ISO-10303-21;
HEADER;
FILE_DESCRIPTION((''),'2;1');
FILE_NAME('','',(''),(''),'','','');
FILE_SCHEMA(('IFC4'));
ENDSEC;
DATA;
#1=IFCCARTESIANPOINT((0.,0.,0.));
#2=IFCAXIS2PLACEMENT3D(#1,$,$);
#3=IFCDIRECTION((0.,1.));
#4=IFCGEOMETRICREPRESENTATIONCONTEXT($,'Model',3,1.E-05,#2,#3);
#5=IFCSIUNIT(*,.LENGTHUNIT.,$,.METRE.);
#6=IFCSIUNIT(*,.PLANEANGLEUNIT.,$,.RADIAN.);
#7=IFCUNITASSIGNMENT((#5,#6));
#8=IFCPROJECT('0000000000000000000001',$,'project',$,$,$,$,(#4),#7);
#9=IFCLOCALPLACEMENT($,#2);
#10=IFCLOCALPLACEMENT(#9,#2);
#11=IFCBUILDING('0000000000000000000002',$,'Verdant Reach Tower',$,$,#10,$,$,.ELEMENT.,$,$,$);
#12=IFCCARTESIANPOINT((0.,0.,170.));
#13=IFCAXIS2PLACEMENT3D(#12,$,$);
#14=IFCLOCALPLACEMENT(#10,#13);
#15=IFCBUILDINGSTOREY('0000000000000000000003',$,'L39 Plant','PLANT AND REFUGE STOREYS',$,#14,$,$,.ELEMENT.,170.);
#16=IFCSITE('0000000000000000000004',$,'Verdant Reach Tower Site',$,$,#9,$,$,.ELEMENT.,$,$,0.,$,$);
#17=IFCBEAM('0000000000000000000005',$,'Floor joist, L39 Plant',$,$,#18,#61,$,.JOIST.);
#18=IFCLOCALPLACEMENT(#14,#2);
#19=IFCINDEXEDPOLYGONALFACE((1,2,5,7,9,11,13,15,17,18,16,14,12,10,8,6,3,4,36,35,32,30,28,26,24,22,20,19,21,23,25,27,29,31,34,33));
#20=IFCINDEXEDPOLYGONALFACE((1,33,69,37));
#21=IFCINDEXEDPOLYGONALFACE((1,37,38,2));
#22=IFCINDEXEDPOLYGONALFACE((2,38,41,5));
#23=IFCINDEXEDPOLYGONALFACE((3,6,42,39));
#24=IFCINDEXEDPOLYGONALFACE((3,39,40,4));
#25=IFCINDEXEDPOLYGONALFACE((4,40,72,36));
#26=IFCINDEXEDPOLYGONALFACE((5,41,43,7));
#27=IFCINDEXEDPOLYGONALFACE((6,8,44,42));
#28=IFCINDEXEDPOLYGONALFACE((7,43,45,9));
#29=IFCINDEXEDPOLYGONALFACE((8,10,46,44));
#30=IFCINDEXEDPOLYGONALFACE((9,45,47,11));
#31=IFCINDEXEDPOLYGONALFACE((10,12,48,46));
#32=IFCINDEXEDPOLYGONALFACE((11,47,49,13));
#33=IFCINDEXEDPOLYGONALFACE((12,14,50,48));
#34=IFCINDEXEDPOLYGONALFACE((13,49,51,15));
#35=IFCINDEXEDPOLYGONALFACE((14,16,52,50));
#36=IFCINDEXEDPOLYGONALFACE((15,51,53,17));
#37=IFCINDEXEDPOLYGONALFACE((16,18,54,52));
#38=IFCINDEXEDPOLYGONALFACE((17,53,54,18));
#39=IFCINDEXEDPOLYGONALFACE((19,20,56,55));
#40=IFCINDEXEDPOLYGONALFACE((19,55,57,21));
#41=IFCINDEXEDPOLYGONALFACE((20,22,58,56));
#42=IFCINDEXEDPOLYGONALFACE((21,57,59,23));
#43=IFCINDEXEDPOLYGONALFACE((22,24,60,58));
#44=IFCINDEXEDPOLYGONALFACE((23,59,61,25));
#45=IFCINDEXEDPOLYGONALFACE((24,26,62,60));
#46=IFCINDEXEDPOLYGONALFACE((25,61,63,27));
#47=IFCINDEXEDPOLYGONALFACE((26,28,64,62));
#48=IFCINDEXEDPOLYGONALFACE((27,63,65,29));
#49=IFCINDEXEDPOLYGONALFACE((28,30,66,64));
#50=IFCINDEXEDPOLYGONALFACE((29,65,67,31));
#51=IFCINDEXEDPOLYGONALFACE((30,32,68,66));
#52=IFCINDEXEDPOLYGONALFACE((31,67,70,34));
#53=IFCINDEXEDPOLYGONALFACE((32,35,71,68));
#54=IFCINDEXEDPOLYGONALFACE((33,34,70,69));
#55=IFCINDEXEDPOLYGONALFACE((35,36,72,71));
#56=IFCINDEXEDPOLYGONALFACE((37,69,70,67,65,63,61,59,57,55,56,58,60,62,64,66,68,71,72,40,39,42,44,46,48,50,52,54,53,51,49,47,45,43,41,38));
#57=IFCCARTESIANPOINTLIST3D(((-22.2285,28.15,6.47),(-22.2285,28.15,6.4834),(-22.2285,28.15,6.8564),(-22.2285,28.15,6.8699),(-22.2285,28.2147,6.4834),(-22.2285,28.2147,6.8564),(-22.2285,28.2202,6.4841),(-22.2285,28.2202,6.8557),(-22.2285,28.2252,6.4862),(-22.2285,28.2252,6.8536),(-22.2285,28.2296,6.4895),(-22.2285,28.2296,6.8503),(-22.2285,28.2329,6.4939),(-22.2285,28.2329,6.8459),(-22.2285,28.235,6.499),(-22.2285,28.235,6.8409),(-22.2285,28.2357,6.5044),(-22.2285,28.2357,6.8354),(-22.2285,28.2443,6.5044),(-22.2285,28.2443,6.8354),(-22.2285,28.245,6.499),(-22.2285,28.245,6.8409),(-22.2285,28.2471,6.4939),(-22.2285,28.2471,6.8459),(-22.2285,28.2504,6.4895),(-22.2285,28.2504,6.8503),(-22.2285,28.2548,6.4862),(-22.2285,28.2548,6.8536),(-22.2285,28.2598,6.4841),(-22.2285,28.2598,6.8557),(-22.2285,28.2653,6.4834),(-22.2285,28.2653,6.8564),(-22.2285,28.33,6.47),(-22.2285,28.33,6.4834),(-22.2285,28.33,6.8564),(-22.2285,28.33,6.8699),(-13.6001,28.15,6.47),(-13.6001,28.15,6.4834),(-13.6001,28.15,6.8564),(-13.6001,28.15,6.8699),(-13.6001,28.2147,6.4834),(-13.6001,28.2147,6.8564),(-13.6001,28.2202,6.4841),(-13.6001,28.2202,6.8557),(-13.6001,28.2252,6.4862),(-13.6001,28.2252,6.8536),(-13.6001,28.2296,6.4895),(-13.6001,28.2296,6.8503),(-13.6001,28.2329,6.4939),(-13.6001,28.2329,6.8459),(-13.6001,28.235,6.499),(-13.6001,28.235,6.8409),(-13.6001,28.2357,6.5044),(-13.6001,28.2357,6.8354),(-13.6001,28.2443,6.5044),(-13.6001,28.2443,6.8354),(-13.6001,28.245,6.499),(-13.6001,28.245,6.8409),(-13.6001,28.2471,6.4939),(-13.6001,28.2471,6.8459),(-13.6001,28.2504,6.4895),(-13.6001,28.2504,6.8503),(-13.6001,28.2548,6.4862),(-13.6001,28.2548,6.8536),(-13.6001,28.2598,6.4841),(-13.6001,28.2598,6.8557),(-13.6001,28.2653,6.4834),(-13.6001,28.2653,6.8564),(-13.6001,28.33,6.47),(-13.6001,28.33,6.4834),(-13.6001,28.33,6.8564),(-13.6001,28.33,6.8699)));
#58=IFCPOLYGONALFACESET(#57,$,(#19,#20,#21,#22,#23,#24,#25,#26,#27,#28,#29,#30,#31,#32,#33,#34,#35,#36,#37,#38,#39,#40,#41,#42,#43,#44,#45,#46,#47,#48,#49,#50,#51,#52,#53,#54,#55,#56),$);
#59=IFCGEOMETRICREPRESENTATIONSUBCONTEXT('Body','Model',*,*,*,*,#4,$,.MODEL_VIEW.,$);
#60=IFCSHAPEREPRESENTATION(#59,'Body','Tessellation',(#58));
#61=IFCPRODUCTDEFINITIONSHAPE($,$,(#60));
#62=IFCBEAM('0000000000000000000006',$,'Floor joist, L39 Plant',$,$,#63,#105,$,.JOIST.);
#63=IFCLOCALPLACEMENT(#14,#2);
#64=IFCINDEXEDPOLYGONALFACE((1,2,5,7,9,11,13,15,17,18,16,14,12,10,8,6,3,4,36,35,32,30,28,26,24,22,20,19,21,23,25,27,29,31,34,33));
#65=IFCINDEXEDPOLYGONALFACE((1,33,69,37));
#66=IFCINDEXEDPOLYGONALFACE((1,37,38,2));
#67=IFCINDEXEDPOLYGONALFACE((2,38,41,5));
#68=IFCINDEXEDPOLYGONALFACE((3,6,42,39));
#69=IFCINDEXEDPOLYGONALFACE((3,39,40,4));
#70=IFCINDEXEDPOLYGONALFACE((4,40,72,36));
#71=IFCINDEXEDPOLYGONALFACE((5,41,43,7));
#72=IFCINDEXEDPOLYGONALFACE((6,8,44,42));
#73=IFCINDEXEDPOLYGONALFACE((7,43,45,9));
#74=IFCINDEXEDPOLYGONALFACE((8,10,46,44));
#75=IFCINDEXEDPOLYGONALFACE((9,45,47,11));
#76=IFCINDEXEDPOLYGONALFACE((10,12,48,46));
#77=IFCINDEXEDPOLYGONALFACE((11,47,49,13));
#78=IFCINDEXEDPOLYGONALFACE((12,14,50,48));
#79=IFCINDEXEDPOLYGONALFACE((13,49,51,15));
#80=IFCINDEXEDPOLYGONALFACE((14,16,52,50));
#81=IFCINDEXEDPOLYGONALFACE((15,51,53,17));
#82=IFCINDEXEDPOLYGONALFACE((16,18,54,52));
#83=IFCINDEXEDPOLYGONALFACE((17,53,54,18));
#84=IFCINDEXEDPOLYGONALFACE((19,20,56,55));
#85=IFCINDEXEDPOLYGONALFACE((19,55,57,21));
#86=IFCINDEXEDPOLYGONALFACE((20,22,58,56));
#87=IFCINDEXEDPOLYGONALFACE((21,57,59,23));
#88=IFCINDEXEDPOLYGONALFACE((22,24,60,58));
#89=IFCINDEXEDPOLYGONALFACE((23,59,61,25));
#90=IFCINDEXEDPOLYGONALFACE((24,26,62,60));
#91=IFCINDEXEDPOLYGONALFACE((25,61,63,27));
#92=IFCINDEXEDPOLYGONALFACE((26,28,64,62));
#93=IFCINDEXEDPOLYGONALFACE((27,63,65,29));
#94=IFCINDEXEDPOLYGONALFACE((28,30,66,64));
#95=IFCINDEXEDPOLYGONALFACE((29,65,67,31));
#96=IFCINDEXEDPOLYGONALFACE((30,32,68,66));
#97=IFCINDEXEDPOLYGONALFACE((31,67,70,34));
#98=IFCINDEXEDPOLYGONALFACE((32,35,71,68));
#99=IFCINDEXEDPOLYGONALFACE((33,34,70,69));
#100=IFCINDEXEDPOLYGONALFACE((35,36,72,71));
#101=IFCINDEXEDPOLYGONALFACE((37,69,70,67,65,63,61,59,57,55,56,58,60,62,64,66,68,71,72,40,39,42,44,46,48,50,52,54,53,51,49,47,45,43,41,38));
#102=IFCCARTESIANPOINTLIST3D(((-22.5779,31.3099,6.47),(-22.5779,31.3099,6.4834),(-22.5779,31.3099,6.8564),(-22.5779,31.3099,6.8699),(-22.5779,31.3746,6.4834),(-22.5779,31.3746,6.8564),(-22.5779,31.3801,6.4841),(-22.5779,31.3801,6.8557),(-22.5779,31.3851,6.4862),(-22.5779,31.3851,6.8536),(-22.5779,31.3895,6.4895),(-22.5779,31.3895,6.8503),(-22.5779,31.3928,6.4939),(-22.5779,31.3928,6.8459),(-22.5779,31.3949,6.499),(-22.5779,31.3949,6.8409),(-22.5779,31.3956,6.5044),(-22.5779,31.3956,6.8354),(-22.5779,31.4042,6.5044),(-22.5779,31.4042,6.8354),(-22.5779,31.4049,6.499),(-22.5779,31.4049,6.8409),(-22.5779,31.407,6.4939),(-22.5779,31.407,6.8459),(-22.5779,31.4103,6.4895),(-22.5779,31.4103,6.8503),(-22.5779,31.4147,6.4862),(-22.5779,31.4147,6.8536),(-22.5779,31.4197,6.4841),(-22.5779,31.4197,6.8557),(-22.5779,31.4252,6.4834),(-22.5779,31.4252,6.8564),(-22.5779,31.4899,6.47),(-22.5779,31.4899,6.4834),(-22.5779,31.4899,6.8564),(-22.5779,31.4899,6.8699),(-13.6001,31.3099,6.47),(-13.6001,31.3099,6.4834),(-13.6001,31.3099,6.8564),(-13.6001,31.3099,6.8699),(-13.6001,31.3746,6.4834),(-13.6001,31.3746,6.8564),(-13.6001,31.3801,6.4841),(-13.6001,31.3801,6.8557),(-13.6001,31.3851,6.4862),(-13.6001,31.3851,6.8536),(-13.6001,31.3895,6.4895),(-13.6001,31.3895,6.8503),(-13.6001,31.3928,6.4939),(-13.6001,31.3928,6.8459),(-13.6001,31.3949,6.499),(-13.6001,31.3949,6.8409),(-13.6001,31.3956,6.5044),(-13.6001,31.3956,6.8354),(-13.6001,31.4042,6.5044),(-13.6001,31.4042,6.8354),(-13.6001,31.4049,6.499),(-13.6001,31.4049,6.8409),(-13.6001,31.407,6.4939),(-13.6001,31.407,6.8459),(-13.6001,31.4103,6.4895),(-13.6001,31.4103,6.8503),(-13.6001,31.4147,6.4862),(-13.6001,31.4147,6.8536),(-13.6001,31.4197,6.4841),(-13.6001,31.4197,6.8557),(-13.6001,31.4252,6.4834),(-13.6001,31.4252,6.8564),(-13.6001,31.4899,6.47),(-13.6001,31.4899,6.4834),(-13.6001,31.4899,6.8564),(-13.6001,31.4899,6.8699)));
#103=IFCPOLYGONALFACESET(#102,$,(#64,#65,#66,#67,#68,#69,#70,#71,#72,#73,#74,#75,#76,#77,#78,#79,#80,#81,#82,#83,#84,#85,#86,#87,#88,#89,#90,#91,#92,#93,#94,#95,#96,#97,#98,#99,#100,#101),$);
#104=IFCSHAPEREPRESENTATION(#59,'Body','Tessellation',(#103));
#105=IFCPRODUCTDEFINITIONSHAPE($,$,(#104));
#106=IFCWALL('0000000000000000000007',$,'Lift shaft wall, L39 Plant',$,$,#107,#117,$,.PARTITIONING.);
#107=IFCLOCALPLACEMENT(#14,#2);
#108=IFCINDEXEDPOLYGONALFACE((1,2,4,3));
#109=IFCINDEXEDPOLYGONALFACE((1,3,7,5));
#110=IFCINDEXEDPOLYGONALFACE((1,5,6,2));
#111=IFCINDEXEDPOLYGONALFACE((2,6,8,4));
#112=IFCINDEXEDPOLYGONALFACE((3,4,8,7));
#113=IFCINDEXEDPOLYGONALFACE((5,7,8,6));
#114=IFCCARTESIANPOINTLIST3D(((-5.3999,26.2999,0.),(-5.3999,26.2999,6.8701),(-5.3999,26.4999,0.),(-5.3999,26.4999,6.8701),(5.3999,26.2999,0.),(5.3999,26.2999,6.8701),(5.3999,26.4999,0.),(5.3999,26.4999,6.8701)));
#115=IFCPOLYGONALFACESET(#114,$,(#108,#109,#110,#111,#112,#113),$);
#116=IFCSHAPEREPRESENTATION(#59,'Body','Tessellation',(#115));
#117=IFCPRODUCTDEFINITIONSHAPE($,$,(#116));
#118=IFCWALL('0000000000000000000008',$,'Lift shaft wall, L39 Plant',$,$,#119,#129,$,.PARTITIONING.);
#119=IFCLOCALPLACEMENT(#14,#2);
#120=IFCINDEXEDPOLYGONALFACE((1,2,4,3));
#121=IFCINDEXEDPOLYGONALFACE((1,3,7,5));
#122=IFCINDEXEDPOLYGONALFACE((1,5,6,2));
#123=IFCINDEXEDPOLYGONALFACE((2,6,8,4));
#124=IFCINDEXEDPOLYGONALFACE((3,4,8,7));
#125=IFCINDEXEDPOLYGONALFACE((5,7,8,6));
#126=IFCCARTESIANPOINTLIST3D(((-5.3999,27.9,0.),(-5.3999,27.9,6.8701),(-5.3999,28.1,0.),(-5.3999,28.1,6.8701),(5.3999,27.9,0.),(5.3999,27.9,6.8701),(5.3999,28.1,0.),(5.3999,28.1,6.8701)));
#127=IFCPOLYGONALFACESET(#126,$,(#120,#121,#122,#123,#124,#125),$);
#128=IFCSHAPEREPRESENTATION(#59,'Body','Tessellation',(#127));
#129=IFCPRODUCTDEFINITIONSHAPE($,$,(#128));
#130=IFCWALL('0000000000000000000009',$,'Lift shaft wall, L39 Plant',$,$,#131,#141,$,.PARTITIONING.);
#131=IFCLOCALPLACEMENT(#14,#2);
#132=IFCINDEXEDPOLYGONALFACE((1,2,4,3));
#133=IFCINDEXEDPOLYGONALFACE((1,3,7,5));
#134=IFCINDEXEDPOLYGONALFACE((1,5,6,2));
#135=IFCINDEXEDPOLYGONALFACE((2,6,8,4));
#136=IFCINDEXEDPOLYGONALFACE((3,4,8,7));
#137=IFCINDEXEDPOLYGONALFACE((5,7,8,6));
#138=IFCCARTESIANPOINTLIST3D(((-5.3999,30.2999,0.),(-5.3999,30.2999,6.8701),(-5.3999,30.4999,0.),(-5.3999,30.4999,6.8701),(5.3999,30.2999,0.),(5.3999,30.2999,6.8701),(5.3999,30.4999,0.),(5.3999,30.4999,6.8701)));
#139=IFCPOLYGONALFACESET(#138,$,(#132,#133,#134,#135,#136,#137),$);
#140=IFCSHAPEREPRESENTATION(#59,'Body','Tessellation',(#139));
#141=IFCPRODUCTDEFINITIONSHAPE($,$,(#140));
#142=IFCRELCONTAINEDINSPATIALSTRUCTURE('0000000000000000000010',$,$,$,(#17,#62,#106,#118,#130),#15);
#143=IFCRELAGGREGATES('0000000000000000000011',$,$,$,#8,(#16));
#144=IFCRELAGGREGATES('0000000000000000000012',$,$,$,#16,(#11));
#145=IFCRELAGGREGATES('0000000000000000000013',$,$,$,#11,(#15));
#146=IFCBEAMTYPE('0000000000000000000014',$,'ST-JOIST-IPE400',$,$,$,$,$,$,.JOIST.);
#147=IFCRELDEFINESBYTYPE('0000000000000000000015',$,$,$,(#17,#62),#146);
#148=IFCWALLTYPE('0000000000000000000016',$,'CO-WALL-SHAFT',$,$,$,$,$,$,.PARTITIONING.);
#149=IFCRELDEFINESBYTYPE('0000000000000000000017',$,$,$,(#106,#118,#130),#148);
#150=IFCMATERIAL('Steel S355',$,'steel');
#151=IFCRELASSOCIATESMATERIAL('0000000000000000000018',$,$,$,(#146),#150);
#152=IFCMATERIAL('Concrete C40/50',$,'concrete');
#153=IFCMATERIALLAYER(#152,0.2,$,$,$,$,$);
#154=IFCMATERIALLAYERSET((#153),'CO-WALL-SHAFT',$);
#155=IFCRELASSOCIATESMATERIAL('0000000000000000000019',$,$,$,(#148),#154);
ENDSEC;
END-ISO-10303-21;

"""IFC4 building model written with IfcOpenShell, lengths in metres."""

from ifc_helpers import new_model, si_unit, direction, frame, frame_2d, origin, origin_2d, place, context, subcontext, project, spatial, rectangle, i_section, extrude, material, layer, layer_set, material_profile, profile_set, type_object, element, save


model = new_model("IFC4")

# Units and contexts
model_context = context("Model", 3, precision=1e-05, world=origin(), true_north=direction((0.0, 1.0)))
body_context = subcontext(model_context, "Body", "Model", "MODEL_VIEW")
ifc_project = project(units=[si_unit("LENGTHUNIT", "METRE"), si_unit("PLANEANGLEUNIT", "RADIAN")], contexts=[model_context])

# Site, building, storey
site_placement = place(None, origin())
site = spatial("IfcSite", under=ifc_project, at=site_placement, Name="Verdant Reach Tower Site", CompositionType="ELEMENT", RefElevation=0.0)
building_placement = place(site_placement, origin())
building = spatial("IfcBuilding", under=site, at=building_placement, Name="Verdant Reach Tower", CompositionType="ELEMENT")
storey_placement = place(building_placement, frame((0.0, 0.0, 170.0)))
storey = spatial("IfcBuildingStorey", under=building, at=storey_placement, Name="L39 Plant", Description="PLANT AND REFUGE STOREYS", CompositionType="ELEMENT", Elevation=170.0)

# Beams
ifc_material_1 = material(Name="Steel S355", Category="steel")
ifc_material_profile = material_profile(ifc_material_1, i_section(OverallWidth=0.1799, OverallDepth=0.3999, WebThickness=0.0085, FlangeThickness=0.0134, FilletRadius=0.021, at=origin_2d()), Name="IPE 400")
ifc_profile_set = profile_set([ifc_material_profile], Name="Steel S355")
beam_type = type_object("IfcBeamType", Name="ST-JOIST-IPE400", PredefinedType="JOIST", material=ifc_profile_set)
beam_1_placement = place(storey_placement, frame((-13.6001, 28.24, 6.6699), z_axis=(-1.0, 0.0, 0.0), x_axis=(0.0, -1.0, 0.0)))
element("IfcBeam", 1, at=beam_1_placement, inside=storey, type_object=beam_type, Name="Floor joist, L39 Plant", PredefinedType="JOIST", context=body_context, shape_type="SweptSolid", body=[
    extrude(i_section(OverallWidth=0.1799, OverallDepth=0.3999, WebThickness=0.0085, FlangeThickness=0.0134, FilletRadius=0.021, at=origin_2d()), origin(), (0.0, 0.0, 1.0), 8.6284),
])
beam_2_placement = place(storey_placement, frame((-13.6001, 31.3999, 6.6699), z_axis=(-1.0, 0.0, 0.0), x_axis=(0.0, -1.0, 0.0)))
element("IfcBeam", 2, at=beam_2_placement, inside=storey, type_object=beam_type, Name="Floor joist, L39 Plant", PredefinedType="JOIST", context=body_context, shape_type="SweptSolid", body=[
    extrude(i_section(OverallWidth=0.1799, OverallDepth=0.3999, WebThickness=0.0085, FlangeThickness=0.0134, FilletRadius=0.021, at=origin_2d()), origin(), (0.0, 0.0, 1.0), 8.9778),
])

# Walls
ifc_material_2 = material(Name="Concrete C40/50", Category="concrete")
ifc_layer_1 = layer(ifc_material_2, 0.2)
ifc_layer_set_1 = layer_set([ifc_layer_1], Name="CO-WALL-SHAFT")
wall_type_1 = type_object("IfcWallType", Name="CO-WALL-SHAFT", PredefinedType="PARTITIONING", material=ifc_layer_set_1)
for number, where, z_axis, x_axis, name in (
    (3, (-5.3999, 26.3999, 0.0), (0.0, 0.0, 1.0), (1.0, 0.0, 0.0), "Lift shaft wall, L39 Plant"),
    (4, (-5.3999, 28.0, 0.0), (0.0, 0.0, 1.0), (1.0, 0.0, 0.0), "Lift shaft wall, L39 Plant"),
    (5, (-5.3999, 30.3999, 0.0), (0.0, 0.0, 1.0), (1.0, 0.0, 0.0), "Lift shaft wall, L39 Plant"),
):
    element("IfcWall", number, at=place(storey_placement, frame(where, z_axis=z_axis, x_axis=x_axis)), inside=storey, type_object=wall_type_1, Name=name, PredefinedType="PARTITIONING", context=body_context, shape_type="SweptSolid", body=[
        extrude(rectangle(XDim=10.7998, YDim=0.2, at=frame_2d((5.3999, 0.0))), origin(), (0.0, 0.0, 1.0), 6.8701),
    ])

save(model, "model.ifc")
